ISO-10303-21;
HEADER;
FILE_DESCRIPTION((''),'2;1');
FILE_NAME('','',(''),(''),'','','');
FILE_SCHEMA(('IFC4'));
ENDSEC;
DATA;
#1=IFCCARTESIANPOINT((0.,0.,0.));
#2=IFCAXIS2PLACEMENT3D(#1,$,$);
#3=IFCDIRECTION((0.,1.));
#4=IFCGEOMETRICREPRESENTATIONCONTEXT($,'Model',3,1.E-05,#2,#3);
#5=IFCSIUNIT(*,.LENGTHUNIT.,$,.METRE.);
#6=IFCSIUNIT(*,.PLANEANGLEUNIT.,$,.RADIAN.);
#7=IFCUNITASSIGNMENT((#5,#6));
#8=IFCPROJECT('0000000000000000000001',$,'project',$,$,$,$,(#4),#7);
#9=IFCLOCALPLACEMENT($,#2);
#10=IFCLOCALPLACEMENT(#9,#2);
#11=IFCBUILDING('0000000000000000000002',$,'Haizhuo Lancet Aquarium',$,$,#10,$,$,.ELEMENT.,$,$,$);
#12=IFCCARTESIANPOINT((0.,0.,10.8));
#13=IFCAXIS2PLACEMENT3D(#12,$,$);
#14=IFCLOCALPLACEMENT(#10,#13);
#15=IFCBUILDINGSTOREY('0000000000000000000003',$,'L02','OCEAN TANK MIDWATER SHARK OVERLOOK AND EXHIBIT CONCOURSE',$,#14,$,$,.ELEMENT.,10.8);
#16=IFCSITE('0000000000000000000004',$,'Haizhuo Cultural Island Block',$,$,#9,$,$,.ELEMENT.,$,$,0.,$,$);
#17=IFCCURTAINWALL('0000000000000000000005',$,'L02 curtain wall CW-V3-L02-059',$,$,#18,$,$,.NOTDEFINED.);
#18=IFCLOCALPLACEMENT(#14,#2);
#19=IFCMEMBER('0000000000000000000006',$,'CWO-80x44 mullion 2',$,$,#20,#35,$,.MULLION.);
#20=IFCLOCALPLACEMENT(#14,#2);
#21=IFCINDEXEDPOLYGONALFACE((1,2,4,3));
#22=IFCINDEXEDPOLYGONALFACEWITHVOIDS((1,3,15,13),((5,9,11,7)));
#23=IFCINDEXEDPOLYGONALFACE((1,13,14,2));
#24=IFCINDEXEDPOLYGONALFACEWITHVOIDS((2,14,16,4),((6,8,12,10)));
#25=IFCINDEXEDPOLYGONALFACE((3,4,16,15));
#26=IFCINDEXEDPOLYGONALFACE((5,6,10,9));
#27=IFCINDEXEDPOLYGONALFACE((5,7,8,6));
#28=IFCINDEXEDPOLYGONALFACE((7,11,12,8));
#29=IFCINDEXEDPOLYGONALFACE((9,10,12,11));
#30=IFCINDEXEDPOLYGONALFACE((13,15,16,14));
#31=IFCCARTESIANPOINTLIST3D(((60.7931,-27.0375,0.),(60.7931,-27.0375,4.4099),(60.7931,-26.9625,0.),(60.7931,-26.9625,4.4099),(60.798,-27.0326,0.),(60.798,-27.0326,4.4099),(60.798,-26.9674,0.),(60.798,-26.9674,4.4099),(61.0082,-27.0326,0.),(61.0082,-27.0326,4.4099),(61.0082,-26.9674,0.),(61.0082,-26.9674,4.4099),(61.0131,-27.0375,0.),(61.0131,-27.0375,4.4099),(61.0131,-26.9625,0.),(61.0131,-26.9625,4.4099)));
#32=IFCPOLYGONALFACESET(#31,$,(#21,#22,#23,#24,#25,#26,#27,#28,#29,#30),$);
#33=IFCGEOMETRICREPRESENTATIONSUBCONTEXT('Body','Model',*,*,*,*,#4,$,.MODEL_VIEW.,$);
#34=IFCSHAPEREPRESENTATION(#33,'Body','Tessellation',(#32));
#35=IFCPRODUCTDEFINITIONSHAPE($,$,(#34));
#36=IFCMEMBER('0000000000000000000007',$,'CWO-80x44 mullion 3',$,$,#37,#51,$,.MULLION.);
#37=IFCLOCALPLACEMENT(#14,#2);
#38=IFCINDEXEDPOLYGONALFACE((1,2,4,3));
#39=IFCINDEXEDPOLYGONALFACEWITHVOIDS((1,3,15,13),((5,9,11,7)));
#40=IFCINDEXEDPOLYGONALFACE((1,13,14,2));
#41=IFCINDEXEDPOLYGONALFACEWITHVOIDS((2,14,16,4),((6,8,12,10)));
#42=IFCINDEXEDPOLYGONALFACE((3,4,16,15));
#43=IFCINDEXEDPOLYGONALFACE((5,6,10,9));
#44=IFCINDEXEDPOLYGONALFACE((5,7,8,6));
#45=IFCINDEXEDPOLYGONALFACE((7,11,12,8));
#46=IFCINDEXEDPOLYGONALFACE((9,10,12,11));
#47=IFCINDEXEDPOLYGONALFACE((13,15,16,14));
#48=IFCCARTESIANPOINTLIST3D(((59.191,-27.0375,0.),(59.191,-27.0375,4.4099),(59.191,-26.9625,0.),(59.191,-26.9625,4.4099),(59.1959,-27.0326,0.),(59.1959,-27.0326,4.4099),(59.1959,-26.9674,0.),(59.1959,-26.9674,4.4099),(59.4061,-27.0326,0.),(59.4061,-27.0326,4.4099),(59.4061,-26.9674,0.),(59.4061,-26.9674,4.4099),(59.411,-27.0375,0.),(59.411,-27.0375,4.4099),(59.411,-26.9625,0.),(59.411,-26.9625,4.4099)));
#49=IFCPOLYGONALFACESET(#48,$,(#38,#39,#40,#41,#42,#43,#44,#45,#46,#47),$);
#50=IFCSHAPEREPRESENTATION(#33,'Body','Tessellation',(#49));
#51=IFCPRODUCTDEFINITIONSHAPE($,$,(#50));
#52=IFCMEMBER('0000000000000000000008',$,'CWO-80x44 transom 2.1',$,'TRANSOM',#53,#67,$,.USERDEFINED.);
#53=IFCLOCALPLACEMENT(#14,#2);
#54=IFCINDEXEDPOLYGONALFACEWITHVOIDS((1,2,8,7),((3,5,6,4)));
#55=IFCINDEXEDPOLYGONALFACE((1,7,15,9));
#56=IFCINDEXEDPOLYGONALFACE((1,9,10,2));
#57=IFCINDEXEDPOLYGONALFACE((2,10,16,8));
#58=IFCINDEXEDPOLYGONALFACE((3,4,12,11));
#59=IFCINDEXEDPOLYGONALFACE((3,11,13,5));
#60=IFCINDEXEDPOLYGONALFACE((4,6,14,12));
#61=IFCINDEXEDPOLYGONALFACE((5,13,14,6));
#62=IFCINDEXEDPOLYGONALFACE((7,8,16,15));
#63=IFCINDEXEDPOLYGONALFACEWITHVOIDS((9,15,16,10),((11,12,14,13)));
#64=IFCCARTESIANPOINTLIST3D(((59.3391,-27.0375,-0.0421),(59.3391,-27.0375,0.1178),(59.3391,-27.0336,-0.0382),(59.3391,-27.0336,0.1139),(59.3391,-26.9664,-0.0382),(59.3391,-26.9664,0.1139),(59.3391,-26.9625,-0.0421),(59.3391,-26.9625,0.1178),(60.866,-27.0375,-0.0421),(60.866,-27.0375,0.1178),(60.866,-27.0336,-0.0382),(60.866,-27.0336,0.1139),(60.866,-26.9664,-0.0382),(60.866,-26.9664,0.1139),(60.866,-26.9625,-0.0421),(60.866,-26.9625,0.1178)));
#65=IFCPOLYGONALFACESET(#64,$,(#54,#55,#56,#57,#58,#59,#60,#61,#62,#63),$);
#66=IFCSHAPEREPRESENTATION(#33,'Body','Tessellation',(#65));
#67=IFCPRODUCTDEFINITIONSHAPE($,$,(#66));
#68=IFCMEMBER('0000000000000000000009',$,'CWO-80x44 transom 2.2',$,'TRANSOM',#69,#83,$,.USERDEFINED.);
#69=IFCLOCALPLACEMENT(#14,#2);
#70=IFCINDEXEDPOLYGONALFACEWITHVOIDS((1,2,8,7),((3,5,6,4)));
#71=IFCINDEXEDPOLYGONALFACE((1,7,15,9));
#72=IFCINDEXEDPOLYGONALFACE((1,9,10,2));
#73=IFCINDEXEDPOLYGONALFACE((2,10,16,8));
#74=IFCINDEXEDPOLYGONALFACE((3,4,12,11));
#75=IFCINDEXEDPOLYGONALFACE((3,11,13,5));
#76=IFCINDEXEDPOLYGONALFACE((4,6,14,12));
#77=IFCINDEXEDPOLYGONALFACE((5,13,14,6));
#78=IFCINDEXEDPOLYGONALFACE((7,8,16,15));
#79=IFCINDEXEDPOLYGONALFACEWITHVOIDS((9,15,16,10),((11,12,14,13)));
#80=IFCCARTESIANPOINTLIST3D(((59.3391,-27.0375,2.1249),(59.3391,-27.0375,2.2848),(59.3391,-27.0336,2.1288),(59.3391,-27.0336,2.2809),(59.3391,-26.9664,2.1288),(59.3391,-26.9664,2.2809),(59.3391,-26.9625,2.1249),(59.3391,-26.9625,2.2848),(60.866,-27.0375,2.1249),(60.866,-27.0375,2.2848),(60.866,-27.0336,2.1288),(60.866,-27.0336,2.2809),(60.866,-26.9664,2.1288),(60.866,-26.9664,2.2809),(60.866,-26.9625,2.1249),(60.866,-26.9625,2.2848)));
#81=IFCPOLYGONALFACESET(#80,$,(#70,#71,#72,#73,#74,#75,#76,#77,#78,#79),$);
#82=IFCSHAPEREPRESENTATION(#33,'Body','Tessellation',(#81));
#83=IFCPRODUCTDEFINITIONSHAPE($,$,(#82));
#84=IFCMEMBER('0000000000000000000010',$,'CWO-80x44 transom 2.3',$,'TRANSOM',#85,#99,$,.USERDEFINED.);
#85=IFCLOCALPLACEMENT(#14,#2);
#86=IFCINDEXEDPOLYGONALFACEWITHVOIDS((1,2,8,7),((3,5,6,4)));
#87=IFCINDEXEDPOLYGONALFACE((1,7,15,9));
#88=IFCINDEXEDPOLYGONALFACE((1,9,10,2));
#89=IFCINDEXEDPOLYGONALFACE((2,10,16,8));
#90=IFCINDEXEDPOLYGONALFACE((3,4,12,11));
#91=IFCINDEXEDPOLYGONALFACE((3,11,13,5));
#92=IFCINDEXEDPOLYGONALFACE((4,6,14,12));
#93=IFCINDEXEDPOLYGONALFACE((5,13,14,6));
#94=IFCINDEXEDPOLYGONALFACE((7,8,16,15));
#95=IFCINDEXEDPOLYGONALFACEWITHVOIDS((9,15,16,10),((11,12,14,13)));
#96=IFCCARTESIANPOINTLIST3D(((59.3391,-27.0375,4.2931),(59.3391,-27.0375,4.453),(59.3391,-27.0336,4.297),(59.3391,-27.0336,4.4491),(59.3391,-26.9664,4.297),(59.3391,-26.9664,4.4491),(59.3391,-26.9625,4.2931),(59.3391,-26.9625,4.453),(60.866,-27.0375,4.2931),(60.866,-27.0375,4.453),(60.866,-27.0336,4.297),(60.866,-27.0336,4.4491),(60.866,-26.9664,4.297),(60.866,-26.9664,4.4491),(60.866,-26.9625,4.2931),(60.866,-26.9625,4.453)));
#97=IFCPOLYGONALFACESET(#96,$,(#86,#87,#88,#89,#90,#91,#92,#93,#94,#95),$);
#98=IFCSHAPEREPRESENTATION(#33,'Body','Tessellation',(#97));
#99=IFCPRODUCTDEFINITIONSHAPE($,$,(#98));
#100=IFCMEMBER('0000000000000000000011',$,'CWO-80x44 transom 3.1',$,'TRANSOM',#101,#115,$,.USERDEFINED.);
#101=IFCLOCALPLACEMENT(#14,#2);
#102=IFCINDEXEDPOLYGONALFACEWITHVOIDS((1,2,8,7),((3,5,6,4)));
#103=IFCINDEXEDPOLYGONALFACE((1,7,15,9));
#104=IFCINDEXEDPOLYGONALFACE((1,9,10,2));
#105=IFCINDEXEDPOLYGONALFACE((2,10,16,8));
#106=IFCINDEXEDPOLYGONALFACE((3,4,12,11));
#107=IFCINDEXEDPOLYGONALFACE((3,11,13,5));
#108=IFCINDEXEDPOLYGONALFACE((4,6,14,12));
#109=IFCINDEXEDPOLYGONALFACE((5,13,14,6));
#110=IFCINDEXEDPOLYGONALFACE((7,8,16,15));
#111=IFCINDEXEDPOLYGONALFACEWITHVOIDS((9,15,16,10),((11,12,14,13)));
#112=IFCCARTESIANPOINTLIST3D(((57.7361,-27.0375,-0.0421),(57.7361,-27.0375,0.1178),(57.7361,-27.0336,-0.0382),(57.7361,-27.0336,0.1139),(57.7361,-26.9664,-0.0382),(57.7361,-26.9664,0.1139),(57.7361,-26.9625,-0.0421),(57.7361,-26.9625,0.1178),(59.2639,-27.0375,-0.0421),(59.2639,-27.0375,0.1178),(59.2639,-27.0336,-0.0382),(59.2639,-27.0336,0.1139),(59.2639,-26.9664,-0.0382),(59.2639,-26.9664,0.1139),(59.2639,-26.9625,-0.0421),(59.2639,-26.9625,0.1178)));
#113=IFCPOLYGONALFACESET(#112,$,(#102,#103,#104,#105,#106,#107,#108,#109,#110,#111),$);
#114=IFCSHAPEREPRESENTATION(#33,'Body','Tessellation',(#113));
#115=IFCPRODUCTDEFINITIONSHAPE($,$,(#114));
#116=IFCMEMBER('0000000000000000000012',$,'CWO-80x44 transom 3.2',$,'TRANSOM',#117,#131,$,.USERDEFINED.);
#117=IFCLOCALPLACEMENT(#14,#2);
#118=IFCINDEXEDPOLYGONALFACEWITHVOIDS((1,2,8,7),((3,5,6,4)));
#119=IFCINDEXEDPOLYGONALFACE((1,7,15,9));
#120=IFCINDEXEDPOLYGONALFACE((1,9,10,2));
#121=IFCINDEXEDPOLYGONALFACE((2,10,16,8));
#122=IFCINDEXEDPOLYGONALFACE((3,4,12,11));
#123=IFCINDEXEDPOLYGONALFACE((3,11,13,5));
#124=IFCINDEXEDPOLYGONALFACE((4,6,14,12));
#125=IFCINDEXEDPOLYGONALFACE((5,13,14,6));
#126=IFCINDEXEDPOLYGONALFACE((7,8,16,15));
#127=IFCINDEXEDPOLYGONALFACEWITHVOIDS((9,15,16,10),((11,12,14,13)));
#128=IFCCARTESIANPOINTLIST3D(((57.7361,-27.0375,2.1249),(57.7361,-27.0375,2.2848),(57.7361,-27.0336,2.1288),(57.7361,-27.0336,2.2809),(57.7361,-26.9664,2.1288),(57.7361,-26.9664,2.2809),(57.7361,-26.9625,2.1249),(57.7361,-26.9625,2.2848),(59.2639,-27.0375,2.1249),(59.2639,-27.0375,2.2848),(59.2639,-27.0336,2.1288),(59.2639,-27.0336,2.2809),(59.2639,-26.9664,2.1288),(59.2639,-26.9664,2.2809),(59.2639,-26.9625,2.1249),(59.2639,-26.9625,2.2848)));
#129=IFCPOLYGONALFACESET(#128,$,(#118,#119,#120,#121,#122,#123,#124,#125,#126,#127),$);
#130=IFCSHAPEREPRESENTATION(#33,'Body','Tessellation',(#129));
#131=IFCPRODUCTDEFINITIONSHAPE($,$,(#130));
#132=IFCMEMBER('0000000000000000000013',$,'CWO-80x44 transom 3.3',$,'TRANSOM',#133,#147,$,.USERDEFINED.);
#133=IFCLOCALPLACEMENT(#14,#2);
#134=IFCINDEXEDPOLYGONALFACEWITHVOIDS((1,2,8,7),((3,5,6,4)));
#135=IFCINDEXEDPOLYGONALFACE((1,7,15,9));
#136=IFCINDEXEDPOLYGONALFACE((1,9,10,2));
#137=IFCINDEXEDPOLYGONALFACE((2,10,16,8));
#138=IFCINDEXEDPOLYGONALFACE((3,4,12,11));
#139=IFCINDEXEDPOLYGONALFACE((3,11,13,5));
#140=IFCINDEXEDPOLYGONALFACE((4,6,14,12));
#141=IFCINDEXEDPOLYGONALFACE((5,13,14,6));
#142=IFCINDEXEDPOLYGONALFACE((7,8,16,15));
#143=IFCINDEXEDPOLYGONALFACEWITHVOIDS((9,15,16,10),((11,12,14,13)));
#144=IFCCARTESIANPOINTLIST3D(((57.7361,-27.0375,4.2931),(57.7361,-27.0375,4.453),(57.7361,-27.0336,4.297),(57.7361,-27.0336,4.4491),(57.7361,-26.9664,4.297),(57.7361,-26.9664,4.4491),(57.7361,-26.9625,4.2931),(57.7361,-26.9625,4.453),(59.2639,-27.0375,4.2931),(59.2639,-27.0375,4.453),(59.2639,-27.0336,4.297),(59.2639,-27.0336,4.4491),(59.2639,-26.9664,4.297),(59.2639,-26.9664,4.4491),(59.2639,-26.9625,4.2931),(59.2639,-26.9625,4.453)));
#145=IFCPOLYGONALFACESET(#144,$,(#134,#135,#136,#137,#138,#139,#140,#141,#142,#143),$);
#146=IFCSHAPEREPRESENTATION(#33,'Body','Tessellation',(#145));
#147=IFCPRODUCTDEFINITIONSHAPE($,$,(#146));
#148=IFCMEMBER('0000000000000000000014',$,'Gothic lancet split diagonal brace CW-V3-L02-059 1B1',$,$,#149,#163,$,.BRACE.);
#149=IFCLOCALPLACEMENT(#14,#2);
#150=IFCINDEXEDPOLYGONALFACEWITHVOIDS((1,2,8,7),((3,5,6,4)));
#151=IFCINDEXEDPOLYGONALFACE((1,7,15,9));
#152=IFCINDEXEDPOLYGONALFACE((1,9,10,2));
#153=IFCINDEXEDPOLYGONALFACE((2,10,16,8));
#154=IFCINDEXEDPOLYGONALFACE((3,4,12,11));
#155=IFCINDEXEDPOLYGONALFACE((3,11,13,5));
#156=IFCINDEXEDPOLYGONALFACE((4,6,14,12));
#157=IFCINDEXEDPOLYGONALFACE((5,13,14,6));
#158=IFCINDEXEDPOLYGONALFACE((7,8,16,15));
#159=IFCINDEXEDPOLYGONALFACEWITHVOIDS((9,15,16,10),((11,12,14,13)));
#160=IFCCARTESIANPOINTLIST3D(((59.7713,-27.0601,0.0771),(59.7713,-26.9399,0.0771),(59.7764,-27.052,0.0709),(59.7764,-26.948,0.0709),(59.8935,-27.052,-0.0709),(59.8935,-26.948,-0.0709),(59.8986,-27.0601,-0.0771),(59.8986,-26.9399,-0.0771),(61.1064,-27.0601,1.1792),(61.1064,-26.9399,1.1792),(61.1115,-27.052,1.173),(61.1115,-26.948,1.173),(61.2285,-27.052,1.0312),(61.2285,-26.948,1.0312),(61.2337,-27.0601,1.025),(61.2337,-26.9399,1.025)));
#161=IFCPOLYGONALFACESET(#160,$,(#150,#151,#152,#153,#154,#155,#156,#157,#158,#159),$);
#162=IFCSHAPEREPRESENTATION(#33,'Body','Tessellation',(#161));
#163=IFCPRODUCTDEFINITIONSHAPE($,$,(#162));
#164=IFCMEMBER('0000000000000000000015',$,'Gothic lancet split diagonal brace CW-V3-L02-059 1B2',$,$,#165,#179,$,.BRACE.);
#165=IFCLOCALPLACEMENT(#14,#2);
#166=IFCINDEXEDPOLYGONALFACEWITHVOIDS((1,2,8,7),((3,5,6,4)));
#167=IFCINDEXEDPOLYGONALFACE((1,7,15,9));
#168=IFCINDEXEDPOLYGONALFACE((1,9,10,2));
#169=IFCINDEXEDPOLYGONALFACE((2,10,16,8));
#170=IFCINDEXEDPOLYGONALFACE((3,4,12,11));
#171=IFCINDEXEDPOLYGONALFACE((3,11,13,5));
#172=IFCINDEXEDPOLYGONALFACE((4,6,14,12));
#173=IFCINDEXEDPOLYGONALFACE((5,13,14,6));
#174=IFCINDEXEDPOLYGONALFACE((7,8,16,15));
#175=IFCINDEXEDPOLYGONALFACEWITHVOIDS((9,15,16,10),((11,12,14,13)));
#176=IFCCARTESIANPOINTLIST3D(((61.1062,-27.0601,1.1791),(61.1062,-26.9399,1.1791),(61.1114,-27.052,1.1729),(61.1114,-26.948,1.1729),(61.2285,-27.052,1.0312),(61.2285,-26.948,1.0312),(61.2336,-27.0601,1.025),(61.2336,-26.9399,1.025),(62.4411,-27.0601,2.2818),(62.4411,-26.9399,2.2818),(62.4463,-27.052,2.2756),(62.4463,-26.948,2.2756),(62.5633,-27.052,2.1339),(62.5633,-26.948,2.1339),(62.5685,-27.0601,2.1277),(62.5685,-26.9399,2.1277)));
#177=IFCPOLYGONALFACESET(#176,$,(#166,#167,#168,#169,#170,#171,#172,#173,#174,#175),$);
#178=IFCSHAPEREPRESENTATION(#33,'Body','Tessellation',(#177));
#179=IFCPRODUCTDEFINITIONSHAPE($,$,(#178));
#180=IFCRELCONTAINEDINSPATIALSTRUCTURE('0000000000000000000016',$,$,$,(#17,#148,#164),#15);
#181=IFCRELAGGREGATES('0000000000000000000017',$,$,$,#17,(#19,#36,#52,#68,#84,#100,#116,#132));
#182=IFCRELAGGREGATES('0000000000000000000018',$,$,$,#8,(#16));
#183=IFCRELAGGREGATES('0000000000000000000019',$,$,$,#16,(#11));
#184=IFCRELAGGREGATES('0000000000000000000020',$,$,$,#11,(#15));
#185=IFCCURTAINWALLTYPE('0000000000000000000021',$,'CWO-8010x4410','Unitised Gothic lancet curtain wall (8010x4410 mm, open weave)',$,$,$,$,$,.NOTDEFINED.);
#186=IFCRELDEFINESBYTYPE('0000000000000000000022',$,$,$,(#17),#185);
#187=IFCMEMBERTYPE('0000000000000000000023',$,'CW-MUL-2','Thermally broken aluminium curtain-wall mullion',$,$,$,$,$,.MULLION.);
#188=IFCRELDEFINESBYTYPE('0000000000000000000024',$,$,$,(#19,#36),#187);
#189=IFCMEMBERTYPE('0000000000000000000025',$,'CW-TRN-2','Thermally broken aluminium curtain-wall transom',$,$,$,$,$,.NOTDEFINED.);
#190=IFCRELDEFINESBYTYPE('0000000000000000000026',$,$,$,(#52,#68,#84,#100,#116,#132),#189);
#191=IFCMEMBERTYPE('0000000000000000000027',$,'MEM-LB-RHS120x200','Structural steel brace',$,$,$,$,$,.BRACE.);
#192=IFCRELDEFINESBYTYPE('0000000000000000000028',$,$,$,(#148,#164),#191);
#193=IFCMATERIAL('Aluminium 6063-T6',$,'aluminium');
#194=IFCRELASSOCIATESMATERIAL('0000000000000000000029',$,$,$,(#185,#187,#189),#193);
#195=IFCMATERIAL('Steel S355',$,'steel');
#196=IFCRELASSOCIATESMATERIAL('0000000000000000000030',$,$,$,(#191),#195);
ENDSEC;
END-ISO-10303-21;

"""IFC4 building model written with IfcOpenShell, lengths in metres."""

from ifc_helpers import new_model, si_unit, direction, frame, origin, origin_2d, place, context, subcontext, project, spatial, hollow_rectangle, extrude, material, material_profile, profile_set, type_object, element, aggregate, save


model = new_model("IFC4")

# Units and contexts
model_context = context("Model", 3, precision=1e-05, world=origin(), true_north=direction((0.0, 1.0)))
body_context = subcontext(model_context, "Body", "Model", "MODEL_VIEW")
ifc_project = project(units=[si_unit("LENGTHUNIT", "METRE"), si_unit("PLANEANGLEUNIT", "RADIAN")], contexts=[model_context])

# Site, building, storey
site_placement = place(None, origin())
site = spatial("IfcSite", under=ifc_project, at=site_placement, Name="Haizhuo Cultural Island Block", CompositionType="ELEMENT", RefElevation=0.0)
building_placement = place(site_placement, origin())
building = spatial("IfcBuilding", under=site, at=building_placement, Name="Haizhuo Lancet Aquarium", CompositionType="ELEMENT")
storey_placement = place(building_placement, frame((0.0, 0.0, 10.8)))
storey = spatial("IfcBuildingStorey", under=building, at=storey_placement, Name="L02", Description="OCEAN TANK MIDWATER SHARK OVERLOOK AND EXHIBIT CONCOURSE", CompositionType="ELEMENT", Elevation=10.8)

# Curtain wall, members
ifc_material_1 = material(Name="Aluminium 6063-T6", Category="aluminium")
curtain_wall_type = type_object("IfcCurtainWallType", Name="CWO-8010x4410", Description="Unitised Gothic lancet curtain wall (8010x4410 mm, open weave)", PredefinedType="NOTDEFINED", material=ifc_material_1)
curtain_wall_placement = place(storey_placement, origin())
curtain_wall = element("IfcCurtainWall", 1, at=curtain_wall_placement, inside=storey, type_object=curtain_wall_type, Name="L02 curtain wall CW-V3-L02-059", PredefinedType="NOTDEFINED")
ifc_material_profile_1 = material_profile(ifc_material_1, hollow_rectangle(XDim=0.075, YDim=0.22, WallThickness=0.0049, at=origin_2d()), Name="ALU-M 75x220x5")
ifc_profile_set_1 = profile_set([ifc_material_profile_1], Name="Aluminium 6063-T6")
member_type_1 = type_object("IfcMemberType", Name="CW-MUL-2", Description="Thermally broken aluminium curtain-wall mullion", PredefinedType="MULLION", material=ifc_profile_set_1)
member_1_placement = place(storey_placement, frame((60.9031, -27.0, 0.0), z_axis=(0.0, 0.0, 1.0), x_axis=(0.0, -1.0, 0.0)))
member_1 = element("IfcMember", 2, at=member_1_placement, type_object=member_type_1, Name="CWO-80x44 mullion 2", PredefinedType="MULLION", context=body_context, shape_type="SweptSolid", body=[
    extrude(hollow_rectangle(XDim=0.075, YDim=0.22, WallThickness=0.0049, at=origin_2d()), origin(), (0.0, 0.0, 1.0), 4.4099),
])
member_2_placement = place(storey_placement, frame((59.301, -27.0, 0.0), z_axis=(0.0, 0.0, 1.0), x_axis=(0.0, -1.0, 0.0)))
member_2 = element("IfcMember", 3, at=member_2_placement, type_object=member_type_1, Name="CWO-80x44 mullion 3", PredefinedType="MULLION", context=body_context, shape_type="SweptSolid", body=[
    extrude(hollow_rectangle(XDim=0.075, YDim=0.22, WallThickness=0.0049, at=origin_2d()), origin(), (0.0, 0.0, 1.0), 4.4099),
])
ifc_material_profile_2 = material_profile(ifc_material_1, hollow_rectangle(XDim=0.075, YDim=0.1599, WallThickness=0.0039, at=origin_2d()), Name="ALU-T 75x160x4")
ifc_profile_set_2 = profile_set([ifc_material_profile_2], Name="Aluminium 6063-T6")
member_type_2 = type_object("IfcMemberType", Name="CW-TRN-2", Description="Thermally broken aluminium curtain-wall transom", PredefinedType="NOTDEFINED", material=ifc_profile_set_2)
member_3_placement = place(storey_placement, frame((60.866, -27.0, 0.0378), z_axis=(-1.0, 0.0, 0.0), x_axis=(0.0, -1.0, 0.0)))
member_3 = element("IfcMember", 4, at=member_3_placement, type_object=member_type_2, Name="CWO-80x44 transom 2.1", ObjectType="TRANSOM", PredefinedType="USERDEFINED", context=body_context, shape_type="SweptSolid", body=[
    extrude(hollow_rectangle(XDim=0.075, YDim=0.1599, WallThickness=0.0039, at=origin_2d()), origin(), (0.0, 0.0, 1.0), 1.5269),
])
member_4_placement = place(storey_placement, frame((60.866, -27.0, 2.2048), z_axis=(-1.0, 0.0, 0.0), x_axis=(0.0, -1.0, 0.0)))
member_4 = element("IfcMember", 5, at=member_4_placement, type_object=member_type_2, Name="CWO-80x44 transom 2.2", ObjectType="TRANSOM", PredefinedType="USERDEFINED", context=body_context, shape_type="SweptSolid", body=[
    extrude(hollow_rectangle(XDim=0.075, YDim=0.1599, WallThickness=0.0039, at=origin_2d()), origin(), (0.0, 0.0, 1.0), 1.5269),
])
member_5_placement = place(storey_placement, frame((60.866, -27.0, 4.373), z_axis=(-1.0, 0.0, 0.0), x_axis=(0.0, -1.0, 0.0)))
member_5 = element("IfcMember", 6, at=member_5_placement, type_object=member_type_2, Name="CWO-80x44 transom 2.3", ObjectType="TRANSOM", PredefinedType="USERDEFINED", context=body_context, shape_type="SweptSolid", body=[
    extrude(hollow_rectangle(XDim=0.075, YDim=0.1599, WallThickness=0.0039, at=origin_2d()), origin(), (0.0, 0.0, 1.0), 1.5269),
])
member_6_placement = place(storey_placement, frame((59.2639, -27.0, 0.0378), z_axis=(-1.0, 0.0, 0.0), x_axis=(0.0, -1.0, 0.0)))
member_6 = element("IfcMember", 7, at=member_6_placement, type_object=member_type_2, Name="CWO-80x44 transom 3.1", ObjectType="TRANSOM", PredefinedType="USERDEFINED", context=body_context, shape_type="SweptSolid", body=[
    extrude(hollow_rectangle(XDim=0.075, YDim=0.1599, WallThickness=0.0039, at=origin_2d()), origin(), (0.0, 0.0, 1.0), 1.5278),
])
member_7_placement = place(storey_placement, frame((59.2639, -27.0, 2.2048), z_axis=(-1.0, 0.0, 0.0), x_axis=(0.0, -1.0, 0.0)))
member_7 = element("IfcMember", 8, at=member_7_placement, type_object=member_type_2, Name="CWO-80x44 transom 3.2", ObjectType="TRANSOM", PredefinedType="USERDEFINED", context=body_context, shape_type="SweptSolid", body=[
    extrude(hollow_rectangle(XDim=0.075, YDim=0.1599, WallThickness=0.0039, at=origin_2d()), origin(), (0.0, 0.0, 1.0), 1.5278),
])
member_8_placement = place(storey_placement, frame((59.2639, -27.0, 4.373), z_axis=(-1.0, 0.0, 0.0), x_axis=(0.0, -1.0, 0.0)))
member_8 = element("IfcMember", 9, at=member_8_placement, type_object=member_type_2, Name="CWO-80x44 transom 3.3", ObjectType="TRANSOM", PredefinedType="USERDEFINED", context=body_context, shape_type="SweptSolid", body=[
    extrude(hollow_rectangle(XDim=0.075, YDim=0.1599, WallThickness=0.0039, at=origin_2d()), origin(), (0.0, 0.0, 1.0), 1.5278),
])

# Members
ifc_material_2 = material(Name="Steel S355", Category="steel")
ifc_material_profile_3 = material_profile(ifc_material_2, hollow_rectangle(XDim=0.1201, YDim=0.2, WallThickness=0.0081, at=origin_2d()), Name="RHS 120x200x8")
ifc_profile_set_3 = profile_set([ifc_material_profile_3], Name="Steel S355")
member_type_3 = type_object("IfcMemberType", Name="MEM-LB-RHS120x200", Description="Structural steel brace", PredefinedType="BRACE", material=ifc_profile_set_3)
member_9_placement = place(storey_placement, frame((59.835, -27.0, 0.0), z_axis=(0.771172, 0.0, 0.636626), x_axis=(0.0, 1.0, 0.0)))
element("IfcMember", 10, at=member_9_placement, inside=storey, type_object=member_type_3, Name="Gothic lancet split diagonal brace CW-V3-L02-059 1B1", PredefinedType="BRACE", context=body_context, shape_type="SweptSolid", body=[
    extrude(hollow_rectangle(XDim=0.1201, YDim=0.2, WallThickness=0.0081, at=origin_2d()), origin(), (0.0, 0.0, 1.0), 1.7312),
])
member_10_placement = place(storey_placement, frame((61.1699, -27.0, 1.1021), z_axis=(0.770965, 0.0, 0.636878), x_axis=(0.0, 1.0, 0.0)))
element("IfcMember", 11, at=member_10_placement, inside=storey, type_object=member_type_3, Name="Gothic lancet split diagonal brace CW-V3-L02-059 1B2", PredefinedType="BRACE", context=body_context, shape_type="SweptSolid", body=[
    extrude(hollow_rectangle(XDim=0.1201, YDim=0.2, WallThickness=0.0081, at=origin_2d()), origin(), (0.0, 0.0, 1.0), 1.7314),
])

aggregate(curtain_wall, [member_1, member_2, member_3, member_4, member_5, member_6, member_7, member_8])

save(model, "model.ifc")
